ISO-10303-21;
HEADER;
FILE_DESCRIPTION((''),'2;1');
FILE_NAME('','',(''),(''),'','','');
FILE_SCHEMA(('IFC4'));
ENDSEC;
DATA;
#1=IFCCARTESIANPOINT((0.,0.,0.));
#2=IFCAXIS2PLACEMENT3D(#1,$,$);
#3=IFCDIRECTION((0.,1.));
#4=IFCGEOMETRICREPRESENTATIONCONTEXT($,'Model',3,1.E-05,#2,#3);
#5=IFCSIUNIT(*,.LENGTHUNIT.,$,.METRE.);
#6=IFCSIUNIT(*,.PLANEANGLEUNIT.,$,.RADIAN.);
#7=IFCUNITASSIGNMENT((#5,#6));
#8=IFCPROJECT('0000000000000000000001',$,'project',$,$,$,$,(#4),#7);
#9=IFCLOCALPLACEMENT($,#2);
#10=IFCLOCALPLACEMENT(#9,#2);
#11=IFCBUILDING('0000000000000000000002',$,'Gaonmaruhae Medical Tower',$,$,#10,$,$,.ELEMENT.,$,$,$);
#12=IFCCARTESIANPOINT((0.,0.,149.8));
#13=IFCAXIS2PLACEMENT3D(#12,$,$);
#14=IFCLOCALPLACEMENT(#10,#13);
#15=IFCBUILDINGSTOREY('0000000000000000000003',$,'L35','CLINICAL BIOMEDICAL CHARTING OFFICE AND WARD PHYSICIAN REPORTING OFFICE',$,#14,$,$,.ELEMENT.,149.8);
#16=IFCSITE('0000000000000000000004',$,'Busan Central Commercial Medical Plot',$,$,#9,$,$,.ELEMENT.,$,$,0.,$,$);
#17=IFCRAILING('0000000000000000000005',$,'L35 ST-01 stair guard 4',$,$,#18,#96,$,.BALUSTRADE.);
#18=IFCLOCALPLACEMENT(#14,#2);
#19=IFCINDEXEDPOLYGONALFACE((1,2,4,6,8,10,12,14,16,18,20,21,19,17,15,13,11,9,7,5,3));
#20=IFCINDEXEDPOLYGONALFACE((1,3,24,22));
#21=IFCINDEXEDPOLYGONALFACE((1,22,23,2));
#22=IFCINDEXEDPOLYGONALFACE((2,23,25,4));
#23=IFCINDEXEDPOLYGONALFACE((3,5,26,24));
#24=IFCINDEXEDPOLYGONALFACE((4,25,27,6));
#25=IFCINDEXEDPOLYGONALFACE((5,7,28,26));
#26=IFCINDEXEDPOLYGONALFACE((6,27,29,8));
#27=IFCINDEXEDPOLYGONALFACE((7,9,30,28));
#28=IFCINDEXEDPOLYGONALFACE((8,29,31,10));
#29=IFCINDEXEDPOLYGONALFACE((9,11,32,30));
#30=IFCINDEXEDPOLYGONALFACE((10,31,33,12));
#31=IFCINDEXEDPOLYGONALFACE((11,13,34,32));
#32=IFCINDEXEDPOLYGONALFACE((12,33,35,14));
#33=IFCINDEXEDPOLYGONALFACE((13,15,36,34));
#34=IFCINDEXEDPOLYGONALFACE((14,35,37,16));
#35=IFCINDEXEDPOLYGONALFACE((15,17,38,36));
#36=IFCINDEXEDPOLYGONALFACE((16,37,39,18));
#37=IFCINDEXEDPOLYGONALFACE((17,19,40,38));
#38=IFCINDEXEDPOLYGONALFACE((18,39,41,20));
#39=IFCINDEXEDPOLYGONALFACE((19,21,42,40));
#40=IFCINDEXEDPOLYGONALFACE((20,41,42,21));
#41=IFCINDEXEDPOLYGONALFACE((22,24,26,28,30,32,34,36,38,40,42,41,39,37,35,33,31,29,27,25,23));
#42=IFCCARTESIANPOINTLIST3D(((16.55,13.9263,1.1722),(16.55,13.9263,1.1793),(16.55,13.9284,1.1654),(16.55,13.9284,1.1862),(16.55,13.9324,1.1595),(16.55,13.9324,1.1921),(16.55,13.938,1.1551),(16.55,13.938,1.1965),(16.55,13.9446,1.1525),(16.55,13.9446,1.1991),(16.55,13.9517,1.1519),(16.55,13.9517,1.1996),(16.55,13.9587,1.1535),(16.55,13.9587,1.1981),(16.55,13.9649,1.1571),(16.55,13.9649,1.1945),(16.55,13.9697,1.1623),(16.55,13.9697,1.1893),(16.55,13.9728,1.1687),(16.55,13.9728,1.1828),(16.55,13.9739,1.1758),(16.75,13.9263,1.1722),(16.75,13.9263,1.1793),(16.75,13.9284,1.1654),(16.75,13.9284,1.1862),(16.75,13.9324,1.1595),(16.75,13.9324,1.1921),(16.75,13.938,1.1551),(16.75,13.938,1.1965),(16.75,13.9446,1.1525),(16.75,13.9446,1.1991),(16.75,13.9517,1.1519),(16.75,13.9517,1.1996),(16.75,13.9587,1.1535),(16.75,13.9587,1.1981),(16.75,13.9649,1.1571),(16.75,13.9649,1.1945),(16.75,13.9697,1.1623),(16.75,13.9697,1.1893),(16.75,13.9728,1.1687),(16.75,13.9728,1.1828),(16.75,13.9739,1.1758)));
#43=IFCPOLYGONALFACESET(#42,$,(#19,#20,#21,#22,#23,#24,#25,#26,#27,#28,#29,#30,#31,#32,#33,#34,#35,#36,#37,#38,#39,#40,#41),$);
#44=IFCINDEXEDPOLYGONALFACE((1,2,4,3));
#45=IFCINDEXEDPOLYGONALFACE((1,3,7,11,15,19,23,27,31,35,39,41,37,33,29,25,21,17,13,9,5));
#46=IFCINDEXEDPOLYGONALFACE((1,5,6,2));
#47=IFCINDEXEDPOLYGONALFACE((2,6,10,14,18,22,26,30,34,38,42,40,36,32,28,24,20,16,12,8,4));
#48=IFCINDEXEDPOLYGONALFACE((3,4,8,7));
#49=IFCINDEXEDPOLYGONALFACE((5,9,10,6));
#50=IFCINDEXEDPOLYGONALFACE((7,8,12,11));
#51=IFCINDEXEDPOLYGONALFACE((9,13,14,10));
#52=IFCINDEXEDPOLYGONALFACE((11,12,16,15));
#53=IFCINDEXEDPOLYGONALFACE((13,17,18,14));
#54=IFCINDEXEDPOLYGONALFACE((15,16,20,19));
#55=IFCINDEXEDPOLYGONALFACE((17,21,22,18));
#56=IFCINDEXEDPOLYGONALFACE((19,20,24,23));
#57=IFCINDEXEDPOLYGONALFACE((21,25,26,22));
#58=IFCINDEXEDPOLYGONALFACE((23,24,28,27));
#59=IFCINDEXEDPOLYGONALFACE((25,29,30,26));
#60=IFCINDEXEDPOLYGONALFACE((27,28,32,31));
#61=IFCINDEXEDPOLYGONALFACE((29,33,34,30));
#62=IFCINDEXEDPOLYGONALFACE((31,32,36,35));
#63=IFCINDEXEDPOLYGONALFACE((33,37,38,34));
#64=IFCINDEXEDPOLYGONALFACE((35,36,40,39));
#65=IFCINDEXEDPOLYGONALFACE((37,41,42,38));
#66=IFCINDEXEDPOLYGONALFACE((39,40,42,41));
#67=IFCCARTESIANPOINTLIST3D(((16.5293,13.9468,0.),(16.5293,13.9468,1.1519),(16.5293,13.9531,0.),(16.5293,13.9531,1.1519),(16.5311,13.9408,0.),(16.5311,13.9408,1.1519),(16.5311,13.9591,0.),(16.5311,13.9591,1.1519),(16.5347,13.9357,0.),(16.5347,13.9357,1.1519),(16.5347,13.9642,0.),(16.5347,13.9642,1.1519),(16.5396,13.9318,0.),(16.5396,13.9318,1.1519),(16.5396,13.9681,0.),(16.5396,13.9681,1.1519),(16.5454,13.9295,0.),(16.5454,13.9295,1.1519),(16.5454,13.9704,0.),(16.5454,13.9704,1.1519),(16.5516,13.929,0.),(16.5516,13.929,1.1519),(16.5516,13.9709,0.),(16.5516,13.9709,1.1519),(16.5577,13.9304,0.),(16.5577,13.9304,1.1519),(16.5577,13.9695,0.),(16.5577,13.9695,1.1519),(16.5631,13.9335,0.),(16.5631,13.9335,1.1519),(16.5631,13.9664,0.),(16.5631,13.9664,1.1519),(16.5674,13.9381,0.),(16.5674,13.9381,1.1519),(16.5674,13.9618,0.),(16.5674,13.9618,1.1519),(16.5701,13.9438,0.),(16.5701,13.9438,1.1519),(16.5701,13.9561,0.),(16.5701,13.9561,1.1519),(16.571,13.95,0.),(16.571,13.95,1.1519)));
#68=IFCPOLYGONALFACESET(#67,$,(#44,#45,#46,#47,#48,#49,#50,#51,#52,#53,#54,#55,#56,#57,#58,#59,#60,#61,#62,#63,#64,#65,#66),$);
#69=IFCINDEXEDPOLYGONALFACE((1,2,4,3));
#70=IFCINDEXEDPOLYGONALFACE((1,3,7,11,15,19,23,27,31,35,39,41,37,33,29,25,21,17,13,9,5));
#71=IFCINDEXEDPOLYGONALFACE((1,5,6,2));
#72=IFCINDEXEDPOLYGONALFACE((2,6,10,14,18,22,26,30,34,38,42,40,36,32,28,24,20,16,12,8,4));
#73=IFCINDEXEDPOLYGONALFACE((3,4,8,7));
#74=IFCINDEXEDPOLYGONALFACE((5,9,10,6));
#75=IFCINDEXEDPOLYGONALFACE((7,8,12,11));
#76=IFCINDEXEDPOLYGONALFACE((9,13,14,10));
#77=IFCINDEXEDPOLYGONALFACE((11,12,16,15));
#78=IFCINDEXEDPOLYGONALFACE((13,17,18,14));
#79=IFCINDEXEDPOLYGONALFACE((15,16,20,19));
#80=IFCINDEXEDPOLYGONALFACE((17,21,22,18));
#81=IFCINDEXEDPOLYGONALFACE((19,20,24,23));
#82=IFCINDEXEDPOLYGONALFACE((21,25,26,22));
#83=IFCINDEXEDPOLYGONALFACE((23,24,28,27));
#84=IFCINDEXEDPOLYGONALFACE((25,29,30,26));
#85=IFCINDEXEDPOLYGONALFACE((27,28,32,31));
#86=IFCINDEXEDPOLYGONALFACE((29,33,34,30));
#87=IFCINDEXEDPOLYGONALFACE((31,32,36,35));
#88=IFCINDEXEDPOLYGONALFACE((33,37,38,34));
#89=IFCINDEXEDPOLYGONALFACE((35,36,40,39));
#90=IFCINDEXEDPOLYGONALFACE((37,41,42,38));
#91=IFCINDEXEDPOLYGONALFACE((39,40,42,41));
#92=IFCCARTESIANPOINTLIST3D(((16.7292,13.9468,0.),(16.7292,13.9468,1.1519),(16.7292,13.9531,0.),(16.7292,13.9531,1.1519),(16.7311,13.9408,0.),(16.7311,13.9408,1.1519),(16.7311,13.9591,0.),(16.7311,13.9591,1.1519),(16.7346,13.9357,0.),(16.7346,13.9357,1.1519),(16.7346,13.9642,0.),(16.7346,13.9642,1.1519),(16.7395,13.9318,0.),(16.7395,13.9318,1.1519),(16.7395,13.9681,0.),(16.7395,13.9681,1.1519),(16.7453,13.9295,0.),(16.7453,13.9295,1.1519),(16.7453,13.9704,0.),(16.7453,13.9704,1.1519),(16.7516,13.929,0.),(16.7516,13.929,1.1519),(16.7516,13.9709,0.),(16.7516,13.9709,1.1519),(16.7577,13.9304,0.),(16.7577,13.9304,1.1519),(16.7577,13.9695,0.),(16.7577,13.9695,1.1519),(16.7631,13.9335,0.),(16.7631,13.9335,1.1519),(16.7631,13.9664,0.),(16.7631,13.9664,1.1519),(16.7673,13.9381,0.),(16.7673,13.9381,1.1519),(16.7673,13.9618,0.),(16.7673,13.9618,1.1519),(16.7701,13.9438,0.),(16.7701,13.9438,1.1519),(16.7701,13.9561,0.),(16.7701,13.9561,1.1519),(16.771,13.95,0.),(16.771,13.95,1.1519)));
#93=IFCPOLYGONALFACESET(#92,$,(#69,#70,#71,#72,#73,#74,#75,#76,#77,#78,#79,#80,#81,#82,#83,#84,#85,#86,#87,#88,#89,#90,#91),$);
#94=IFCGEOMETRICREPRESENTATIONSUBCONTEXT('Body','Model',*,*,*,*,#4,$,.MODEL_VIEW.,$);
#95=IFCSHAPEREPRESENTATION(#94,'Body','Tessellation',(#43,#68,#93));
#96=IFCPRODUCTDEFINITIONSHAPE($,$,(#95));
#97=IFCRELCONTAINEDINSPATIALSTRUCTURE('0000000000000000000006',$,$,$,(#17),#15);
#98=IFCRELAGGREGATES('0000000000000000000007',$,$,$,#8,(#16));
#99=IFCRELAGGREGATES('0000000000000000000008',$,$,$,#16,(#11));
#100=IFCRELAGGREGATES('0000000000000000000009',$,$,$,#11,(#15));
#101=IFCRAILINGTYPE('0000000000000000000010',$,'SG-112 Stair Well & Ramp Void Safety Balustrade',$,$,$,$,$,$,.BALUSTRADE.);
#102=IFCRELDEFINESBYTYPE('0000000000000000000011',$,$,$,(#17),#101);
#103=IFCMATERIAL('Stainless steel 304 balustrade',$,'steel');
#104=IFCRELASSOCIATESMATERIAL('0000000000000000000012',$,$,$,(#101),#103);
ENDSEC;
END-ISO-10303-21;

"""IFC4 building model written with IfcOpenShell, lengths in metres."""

from ifc_helpers import new_model, si_unit, direction, frame, origin, origin_2d, place, context, subcontext, project, spatial, circle, extrude, material, type_object, element, save


model = new_model("IFC4")

# Units and contexts
model_context = context("Model", 3, precision=1e-05, world=origin(), true_north=direction((0.0, 1.0)))
body_context = subcontext(model_context, "Body", "Model", "MODEL_VIEW")
ifc_project = project(units=[si_unit("LENGTHUNIT", "METRE"), si_unit("PLANEANGLEUNIT", "RADIAN")], contexts=[model_context])

# Site, building, storey
site_placement = place(None, origin())
site = spatial("IfcSite", under=ifc_project, at=site_placement, Name="Busan Central Commercial Medical Plot", CompositionType="ELEMENT", RefElevation=0.0)
building_placement = place(site_placement, origin())
building = spatial("IfcBuilding", under=site, at=building_placement, Name="Gaonmaruhae Medical Tower", CompositionType="ELEMENT")
storey_placement = place(building_placement, frame((0.0, 0.0, 149.8)))
storey = spatial("IfcBuildingStorey", under=building, at=storey_placement, Name="L35", Description="CLINICAL BIOMEDICAL CHARTING OFFICE AND WARD PHYSICIAN REPORTING OFFICE", CompositionType="ELEMENT", Elevation=149.8)

# Railing
ifc_material_1 = material(Name="Stainless steel 304 balustrade", Category="steel")
railing_type_1 = type_object("IfcRailingType", Name="SG-112 Stair Well & Ramp Void Safety Balustrade", PredefinedType="BALUSTRADE", material=ifc_material_1)
railing_1_placement = place(storey_placement, frame((16.55, 13.95, 0.0)))
element("IfcRailing", 1, at=railing_1_placement, inside=storey, type_object=railing_type_1, Name="L35 ST-01 stair guard 4", PredefinedType="BALUSTRADE", context=body_context, shape_type="SweptSolid", body=[
    extrude(circle(Radius=0.0239, at=origin_2d()), frame((0.0, 0.0, 1.1758), z_axis=(1.0, 0.0, 0.0), x_axis=(0.0, 1.0, 0.0)), (0.0, 0.0, 1.0), 0.2),
    extrude(circle(Radius=0.021, at=origin_2d()), origin(), (0.0, 0.0, 1.0), 1.1519),
    extrude(circle(Radius=0.021, at=origin_2d()), frame((0.2, 0.0, 0.0)), (0.0, 0.0, 1.0), 1.1519),
])

save(model, "model.ifc")
